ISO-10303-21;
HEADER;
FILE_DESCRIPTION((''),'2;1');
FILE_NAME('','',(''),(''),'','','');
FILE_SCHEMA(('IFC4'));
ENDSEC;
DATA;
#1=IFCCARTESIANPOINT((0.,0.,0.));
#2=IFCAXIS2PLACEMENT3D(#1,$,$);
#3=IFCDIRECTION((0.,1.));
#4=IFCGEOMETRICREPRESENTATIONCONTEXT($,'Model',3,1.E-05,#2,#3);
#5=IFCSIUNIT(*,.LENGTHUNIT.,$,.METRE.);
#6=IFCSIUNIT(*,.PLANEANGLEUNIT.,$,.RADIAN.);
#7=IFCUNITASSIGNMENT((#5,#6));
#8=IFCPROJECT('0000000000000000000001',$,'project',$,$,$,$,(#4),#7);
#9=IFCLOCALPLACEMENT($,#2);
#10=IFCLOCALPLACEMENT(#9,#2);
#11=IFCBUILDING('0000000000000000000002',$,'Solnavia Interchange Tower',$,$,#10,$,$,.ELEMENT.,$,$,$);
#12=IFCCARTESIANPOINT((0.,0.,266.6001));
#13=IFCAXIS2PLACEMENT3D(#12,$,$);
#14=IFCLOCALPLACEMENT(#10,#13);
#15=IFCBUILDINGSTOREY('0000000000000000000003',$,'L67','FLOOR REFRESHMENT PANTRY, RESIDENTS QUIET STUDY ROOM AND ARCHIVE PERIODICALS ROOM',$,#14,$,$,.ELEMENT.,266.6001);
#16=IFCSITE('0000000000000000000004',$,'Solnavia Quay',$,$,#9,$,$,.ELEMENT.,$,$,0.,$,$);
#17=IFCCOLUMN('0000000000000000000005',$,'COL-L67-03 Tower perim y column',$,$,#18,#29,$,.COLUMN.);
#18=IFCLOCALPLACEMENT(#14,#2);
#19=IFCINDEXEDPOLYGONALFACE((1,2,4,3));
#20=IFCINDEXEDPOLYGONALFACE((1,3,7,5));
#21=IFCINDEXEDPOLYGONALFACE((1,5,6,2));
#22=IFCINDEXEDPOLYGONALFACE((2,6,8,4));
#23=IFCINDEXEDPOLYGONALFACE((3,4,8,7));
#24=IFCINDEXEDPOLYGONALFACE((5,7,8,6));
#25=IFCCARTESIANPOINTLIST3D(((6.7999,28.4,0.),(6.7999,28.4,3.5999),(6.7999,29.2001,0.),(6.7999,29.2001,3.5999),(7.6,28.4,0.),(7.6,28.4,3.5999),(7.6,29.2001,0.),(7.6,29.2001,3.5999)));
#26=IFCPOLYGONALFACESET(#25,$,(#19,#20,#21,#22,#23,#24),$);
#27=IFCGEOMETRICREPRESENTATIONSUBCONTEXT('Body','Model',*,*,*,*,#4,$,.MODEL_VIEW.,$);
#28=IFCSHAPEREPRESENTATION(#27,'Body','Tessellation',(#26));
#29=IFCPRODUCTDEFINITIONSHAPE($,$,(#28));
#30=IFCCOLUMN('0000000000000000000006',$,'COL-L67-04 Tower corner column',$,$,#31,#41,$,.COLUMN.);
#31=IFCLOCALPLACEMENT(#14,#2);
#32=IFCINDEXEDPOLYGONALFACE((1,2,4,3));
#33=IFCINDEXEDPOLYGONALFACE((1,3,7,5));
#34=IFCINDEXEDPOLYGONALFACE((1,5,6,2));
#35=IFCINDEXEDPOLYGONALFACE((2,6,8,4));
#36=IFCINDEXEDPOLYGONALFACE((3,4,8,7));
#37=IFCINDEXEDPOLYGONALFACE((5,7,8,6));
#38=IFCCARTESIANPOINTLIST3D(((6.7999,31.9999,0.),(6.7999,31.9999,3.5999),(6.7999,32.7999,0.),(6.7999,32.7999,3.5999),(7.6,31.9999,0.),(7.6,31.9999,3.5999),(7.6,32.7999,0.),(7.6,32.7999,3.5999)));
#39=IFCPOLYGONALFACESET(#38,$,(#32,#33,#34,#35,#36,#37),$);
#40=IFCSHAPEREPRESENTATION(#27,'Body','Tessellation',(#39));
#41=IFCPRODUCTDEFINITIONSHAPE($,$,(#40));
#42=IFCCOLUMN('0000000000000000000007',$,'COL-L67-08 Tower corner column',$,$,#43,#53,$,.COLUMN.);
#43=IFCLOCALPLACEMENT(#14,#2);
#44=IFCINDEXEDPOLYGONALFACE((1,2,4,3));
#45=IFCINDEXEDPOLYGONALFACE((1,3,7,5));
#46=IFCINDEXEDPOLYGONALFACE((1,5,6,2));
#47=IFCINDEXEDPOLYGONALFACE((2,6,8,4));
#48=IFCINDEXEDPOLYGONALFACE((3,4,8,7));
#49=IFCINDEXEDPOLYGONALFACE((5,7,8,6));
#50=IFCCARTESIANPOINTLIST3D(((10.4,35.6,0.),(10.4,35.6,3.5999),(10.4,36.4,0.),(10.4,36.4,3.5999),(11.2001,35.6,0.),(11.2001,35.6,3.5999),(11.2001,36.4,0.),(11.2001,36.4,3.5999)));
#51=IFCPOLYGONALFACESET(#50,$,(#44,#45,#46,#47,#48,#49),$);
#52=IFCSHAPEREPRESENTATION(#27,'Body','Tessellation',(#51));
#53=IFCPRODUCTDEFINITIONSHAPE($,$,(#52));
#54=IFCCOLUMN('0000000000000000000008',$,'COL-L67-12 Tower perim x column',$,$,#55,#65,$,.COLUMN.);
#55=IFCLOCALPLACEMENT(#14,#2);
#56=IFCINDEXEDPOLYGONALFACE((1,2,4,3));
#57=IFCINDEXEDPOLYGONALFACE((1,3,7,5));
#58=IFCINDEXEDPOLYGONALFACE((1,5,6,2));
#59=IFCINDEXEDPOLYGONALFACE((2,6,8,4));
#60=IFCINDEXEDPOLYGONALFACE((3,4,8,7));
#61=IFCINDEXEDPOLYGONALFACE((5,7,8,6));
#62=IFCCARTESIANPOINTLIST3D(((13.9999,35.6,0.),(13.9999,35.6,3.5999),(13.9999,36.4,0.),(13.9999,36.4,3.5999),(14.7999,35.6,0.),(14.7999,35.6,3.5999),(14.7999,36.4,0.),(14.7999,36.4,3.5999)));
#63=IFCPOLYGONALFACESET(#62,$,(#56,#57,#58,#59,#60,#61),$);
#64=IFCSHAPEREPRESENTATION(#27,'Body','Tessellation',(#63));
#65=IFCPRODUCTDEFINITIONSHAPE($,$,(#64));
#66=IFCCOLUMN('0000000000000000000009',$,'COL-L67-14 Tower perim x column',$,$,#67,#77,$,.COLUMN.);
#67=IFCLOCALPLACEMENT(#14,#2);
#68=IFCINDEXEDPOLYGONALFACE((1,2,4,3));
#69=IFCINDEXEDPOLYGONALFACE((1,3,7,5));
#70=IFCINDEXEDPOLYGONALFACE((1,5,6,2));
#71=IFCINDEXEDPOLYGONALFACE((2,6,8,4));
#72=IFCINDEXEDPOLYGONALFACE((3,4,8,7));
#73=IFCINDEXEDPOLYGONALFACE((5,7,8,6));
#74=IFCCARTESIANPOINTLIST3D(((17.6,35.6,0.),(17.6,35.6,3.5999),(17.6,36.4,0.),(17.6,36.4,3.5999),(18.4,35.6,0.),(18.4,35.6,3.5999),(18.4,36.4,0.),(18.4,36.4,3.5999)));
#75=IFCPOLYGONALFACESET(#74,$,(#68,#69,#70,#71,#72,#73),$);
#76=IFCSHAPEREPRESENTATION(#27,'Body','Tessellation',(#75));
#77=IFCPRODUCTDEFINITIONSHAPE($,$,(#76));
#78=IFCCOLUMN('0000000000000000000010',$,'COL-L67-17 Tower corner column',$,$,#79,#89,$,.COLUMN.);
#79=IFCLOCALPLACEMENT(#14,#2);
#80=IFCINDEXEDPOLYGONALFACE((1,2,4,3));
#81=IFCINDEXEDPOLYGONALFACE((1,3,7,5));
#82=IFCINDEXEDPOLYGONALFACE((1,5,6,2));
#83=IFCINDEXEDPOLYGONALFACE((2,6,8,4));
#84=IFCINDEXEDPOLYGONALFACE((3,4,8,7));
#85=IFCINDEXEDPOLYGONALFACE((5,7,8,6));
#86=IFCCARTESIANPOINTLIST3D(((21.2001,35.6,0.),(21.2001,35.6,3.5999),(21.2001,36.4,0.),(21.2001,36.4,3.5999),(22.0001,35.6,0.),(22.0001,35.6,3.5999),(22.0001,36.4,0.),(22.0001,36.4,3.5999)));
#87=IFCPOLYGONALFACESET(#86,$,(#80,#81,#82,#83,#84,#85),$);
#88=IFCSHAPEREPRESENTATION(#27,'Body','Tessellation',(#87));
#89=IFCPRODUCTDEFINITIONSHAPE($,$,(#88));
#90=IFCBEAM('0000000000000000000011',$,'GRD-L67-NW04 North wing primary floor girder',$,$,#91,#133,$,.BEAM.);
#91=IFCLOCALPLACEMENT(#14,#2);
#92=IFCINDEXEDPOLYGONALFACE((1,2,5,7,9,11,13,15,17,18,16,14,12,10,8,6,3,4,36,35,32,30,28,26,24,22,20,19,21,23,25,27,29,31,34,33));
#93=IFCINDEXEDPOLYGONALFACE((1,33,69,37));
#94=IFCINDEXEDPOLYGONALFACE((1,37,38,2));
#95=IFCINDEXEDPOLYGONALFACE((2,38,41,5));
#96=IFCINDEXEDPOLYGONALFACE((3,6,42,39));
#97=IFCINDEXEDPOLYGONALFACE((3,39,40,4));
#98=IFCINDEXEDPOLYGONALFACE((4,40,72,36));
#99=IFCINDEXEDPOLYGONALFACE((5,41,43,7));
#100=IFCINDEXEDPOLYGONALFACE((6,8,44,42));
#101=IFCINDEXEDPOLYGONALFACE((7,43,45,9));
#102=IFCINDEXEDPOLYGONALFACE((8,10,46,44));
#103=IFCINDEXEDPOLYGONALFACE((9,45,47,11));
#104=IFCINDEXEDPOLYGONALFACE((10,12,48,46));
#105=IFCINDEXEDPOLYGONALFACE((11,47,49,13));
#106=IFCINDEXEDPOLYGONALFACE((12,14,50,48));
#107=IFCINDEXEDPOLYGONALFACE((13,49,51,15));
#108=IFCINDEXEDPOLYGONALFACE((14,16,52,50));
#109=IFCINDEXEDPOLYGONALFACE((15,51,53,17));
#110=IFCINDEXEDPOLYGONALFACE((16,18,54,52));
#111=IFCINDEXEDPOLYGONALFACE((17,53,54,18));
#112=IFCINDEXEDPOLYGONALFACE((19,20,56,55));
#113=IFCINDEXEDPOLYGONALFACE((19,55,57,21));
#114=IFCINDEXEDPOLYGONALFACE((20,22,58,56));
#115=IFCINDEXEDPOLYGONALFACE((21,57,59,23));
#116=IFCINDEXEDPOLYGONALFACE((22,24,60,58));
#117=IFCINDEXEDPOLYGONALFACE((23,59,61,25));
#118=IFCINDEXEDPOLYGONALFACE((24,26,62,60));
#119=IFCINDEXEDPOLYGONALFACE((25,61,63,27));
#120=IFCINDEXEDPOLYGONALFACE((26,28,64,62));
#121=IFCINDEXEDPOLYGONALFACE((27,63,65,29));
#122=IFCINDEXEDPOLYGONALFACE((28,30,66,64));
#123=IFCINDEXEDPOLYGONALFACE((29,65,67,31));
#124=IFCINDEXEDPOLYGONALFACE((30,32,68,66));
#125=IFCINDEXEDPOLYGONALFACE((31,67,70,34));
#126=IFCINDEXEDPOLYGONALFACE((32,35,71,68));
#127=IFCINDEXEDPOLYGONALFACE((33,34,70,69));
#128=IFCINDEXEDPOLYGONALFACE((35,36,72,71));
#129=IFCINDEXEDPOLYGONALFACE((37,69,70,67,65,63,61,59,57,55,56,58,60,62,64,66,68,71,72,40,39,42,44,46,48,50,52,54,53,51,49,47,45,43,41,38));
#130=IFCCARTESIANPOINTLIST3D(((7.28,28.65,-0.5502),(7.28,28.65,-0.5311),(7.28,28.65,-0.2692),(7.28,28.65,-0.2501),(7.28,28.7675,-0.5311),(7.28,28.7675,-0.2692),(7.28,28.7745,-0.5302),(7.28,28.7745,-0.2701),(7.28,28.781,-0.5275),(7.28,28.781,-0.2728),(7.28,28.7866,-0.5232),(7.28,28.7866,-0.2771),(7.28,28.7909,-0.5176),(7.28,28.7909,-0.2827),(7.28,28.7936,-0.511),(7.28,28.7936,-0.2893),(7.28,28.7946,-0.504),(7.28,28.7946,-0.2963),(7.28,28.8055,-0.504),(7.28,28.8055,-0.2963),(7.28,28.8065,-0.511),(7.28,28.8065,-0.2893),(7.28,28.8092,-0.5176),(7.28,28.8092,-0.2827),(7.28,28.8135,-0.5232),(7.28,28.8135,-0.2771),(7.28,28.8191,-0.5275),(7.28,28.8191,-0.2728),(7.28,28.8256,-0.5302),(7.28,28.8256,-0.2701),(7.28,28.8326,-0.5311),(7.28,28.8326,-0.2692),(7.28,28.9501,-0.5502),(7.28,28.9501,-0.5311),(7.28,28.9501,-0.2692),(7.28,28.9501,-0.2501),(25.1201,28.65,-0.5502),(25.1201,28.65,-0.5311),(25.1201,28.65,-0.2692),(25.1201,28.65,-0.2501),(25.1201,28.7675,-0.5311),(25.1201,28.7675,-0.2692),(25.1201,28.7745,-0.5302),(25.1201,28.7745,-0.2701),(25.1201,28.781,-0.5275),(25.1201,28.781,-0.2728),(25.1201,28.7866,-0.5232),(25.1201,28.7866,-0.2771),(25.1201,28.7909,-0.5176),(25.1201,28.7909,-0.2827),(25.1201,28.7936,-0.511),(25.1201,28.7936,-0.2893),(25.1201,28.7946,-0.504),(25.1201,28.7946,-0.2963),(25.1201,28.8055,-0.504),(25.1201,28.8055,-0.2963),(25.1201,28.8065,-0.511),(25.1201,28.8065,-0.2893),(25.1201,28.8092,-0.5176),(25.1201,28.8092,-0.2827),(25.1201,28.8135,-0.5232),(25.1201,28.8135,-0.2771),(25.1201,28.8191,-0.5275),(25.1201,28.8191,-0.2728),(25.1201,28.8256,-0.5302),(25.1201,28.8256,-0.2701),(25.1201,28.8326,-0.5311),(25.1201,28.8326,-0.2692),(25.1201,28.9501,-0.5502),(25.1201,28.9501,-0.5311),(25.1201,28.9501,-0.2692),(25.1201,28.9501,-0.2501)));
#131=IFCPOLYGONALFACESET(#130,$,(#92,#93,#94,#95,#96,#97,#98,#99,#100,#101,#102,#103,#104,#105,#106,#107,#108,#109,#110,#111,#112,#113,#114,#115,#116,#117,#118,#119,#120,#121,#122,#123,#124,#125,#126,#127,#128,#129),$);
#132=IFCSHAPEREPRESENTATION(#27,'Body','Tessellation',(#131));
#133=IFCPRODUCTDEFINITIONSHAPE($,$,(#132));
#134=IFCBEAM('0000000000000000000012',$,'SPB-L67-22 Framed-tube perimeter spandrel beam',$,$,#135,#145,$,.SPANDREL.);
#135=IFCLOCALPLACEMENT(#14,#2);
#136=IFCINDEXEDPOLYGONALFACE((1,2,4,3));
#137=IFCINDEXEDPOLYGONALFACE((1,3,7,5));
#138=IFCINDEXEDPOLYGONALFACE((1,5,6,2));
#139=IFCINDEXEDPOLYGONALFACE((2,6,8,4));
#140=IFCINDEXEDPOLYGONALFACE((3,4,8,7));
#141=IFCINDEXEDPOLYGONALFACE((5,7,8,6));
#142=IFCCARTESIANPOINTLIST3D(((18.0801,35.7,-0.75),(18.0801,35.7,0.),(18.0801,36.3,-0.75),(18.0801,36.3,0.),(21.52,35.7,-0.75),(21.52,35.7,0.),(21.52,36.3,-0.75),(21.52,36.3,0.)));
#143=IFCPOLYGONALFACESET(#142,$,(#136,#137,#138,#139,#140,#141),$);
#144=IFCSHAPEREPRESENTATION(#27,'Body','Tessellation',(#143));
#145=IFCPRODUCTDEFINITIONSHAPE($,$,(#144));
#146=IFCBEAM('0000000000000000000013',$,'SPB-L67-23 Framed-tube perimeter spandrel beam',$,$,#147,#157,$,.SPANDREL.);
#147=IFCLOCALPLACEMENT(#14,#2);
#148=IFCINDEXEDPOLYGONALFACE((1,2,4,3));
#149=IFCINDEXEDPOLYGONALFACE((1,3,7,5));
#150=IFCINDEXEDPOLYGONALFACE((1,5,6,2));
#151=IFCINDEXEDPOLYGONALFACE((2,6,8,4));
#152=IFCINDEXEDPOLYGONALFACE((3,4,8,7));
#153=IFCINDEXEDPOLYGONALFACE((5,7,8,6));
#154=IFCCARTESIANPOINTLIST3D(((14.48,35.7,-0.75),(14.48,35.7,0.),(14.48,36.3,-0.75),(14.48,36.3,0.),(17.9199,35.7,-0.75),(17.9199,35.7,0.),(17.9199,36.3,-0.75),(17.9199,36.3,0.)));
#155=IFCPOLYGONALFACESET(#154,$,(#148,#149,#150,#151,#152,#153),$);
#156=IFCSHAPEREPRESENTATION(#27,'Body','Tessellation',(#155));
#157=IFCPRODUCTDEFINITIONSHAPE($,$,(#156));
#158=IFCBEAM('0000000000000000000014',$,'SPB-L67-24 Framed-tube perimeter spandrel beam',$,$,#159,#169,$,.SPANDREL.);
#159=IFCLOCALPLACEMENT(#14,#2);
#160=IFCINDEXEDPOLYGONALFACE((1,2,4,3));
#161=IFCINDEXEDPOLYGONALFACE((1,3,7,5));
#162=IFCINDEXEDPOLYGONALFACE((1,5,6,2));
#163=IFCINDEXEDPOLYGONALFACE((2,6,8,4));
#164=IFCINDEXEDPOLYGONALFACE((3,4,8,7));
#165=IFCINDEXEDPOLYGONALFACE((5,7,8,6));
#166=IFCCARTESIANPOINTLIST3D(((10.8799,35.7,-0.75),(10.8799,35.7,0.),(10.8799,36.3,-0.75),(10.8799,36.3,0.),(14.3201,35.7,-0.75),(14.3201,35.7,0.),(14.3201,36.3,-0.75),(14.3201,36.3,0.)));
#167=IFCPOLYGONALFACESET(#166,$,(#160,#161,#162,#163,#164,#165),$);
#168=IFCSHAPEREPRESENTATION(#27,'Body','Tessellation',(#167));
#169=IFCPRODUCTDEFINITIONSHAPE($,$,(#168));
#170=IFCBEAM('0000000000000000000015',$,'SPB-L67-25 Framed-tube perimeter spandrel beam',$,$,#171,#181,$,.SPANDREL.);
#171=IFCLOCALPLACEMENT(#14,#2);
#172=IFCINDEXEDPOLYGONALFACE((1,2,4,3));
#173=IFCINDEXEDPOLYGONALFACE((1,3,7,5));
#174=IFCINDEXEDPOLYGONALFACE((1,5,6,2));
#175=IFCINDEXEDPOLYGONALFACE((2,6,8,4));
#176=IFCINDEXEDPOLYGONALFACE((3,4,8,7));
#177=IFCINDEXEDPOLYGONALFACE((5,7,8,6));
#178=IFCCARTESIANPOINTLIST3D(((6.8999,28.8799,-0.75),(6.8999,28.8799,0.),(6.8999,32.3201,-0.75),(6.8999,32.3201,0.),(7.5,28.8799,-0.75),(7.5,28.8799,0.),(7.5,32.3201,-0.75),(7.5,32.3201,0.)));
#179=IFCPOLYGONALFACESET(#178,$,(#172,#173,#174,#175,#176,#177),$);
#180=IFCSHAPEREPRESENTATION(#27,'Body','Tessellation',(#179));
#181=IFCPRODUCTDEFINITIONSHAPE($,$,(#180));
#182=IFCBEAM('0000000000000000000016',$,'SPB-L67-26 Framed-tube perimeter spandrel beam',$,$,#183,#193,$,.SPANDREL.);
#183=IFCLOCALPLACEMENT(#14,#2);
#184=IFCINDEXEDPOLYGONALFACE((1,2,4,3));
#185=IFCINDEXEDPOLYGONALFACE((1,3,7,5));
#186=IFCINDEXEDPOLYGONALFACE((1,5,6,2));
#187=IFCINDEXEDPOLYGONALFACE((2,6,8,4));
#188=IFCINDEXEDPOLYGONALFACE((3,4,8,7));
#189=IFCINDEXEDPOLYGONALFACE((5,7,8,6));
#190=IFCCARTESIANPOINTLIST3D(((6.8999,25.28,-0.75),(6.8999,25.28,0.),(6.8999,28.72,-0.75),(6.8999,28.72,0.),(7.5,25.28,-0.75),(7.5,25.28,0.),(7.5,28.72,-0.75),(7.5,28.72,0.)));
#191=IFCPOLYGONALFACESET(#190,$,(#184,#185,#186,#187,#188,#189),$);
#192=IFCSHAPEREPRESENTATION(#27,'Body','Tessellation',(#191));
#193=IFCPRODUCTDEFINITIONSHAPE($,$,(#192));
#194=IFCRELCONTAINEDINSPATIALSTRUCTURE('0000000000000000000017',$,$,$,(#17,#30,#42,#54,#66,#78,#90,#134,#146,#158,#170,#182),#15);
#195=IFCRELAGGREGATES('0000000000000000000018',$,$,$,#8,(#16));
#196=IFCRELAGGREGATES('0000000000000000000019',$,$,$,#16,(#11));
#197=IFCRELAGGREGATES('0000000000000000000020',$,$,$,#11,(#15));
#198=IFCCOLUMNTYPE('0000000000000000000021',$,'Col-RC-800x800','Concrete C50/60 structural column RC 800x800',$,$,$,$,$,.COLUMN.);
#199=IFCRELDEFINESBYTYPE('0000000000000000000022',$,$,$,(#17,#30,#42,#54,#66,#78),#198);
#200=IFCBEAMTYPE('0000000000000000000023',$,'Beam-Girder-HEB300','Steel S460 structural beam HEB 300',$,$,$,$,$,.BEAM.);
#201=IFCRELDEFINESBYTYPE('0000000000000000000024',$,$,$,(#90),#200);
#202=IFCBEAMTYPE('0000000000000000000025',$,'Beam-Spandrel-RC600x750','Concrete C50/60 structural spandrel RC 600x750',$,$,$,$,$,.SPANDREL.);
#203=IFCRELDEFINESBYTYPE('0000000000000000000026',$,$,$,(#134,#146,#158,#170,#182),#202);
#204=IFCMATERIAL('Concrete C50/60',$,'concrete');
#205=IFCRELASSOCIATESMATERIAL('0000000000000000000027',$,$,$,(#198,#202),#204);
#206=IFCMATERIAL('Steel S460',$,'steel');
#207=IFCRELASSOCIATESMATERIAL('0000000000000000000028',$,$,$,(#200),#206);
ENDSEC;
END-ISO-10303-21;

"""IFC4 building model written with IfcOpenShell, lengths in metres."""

from ifc_helpers import new_model, si_unit, direction, frame, origin, origin_2d, place, context, subcontext, project, spatial, rectangle, i_section, extrude, material, material_profile, profile_set, type_object, element, save


model = new_model("IFC4")

# Units and contexts
model_context = context("Model", 3, precision=1e-05, world=origin(), true_north=direction((0.0, 1.0)))
body_context = subcontext(model_context, "Body", "Model", "MODEL_VIEW")
ifc_project = project(units=[si_unit("LENGTHUNIT", "METRE"), si_unit("PLANEANGLEUNIT", "RADIAN")], contexts=[model_context])

# Site, building, storey
site_placement = place(None, origin())
site = spatial("IfcSite", under=ifc_project, at=site_placement, Name="Solnavia Quay", CompositionType="ELEMENT", RefElevation=0.0)
building_placement = place(site_placement, origin())
building = spatial("IfcBuilding", under=site, at=building_placement, Name="Solnavia Interchange Tower", CompositionType="ELEMENT")
storey_placement = place(building_placement, frame((0.0, 0.0, 266.6001)))
storey = spatial("IfcBuildingStorey", under=building, at=storey_placement, Name="L67", Description="FLOOR REFRESHMENT PANTRY, RESIDENTS QUIET STUDY ROOM AND ARCHIVE PERIODICALS ROOM", CompositionType="ELEMENT", Elevation=266.6001)

# Columns
ifc_material_1 = material(Name="Concrete C50/60", Category="concrete")
ifc_material_profile_1 = material_profile(ifc_material_1, rectangle(XDim=0.8, YDim=0.8, at=origin_2d()), Name="RC 800x800")
ifc_profile_set_1 = profile_set([ifc_material_profile_1], Name="Concrete C50/60")
column_type = type_object("IfcColumnType", Name="Col-RC-800x800", Description="Concrete C50/60 structural column RC 800x800", PredefinedType="COLUMN", material=ifc_profile_set_1)
for number, where, z_axis, x_axis, name in (
    (1, (7.2, 28.8, 0.0), (0.0, 0.0, 1.0), (0.0, 1.0, 0.0), "COL-L67-03 Tower perim y column"),
    (2, (7.2, 32.3999, 0.0), (0.0, 0.0, 1.0), (0.0, 1.0, 0.0), "COL-L67-04 Tower corner column"),
    (3, (10.8, 36.0, 0.0), (0.0, 0.0, 1.0), (1.0, 0.0, 0.0), "COL-L67-08 Tower corner column"),
    (4, (14.3999, 36.0, 0.0), (0.0, 0.0, 1.0), (1.0, 0.0, 0.0), "COL-L67-12 Tower perim x column"),
    (5, (18.0, 36.0, 0.0), (0.0, 0.0, 1.0), (1.0, 0.0, 0.0), "COL-L67-14 Tower perim x column"),
    (6, (21.6001, 36.0, 0.0), (0.0, 0.0, 1.0), (1.0, 0.0, 0.0), "COL-L67-17 Tower corner column"),
):
    element("IfcColumn", number, at=place(storey_placement, frame(where, z_axis=z_axis, x_axis=x_axis)), inside=storey, type_object=column_type, Name=name, PredefinedType="COLUMN", context=body_context, shape_type="SweptSolid", body=[
        extrude(rectangle(XDim=0.8, YDim=0.8, at=origin_2d()), origin(), (0.0, 0.0, 1.0), 3.5999),
    ])

# Beams
ifc_material_2 = material(Name="Steel S460", Category="steel")
ifc_material_profile_2 = material_profile(ifc_material_2, i_section(OverallWidth=0.3, OverallDepth=0.3, WebThickness=0.011, FlangeThickness=0.019, FilletRadius=0.0271, at=origin_2d()), Name="HEB 300")
ifc_profile_set_2 = profile_set([ifc_material_profile_2], Name="Steel S460")
beam_type_1 = type_object("IfcBeamType", Name="Beam-Girder-HEB300", Description="Steel S460 structural beam HEB 300", PredefinedType="BEAM", material=ifc_profile_set_2)
beam_1_placement = place(storey_placement, frame((7.28, 28.8, -0.4001), z_axis=(1.0, 0.0, 0.0), x_axis=(0.0, 1.0, 0.0)))
element("IfcBeam", 7, at=beam_1_placement, inside=storey, type_object=beam_type_1, Name="GRD-L67-NW04 North wing primary floor girder", PredefinedType="BEAM", context=body_context, shape_type="SweptSolid", body=[
    extrude(i_section(OverallWidth=0.3, OverallDepth=0.3, WebThickness=0.011, FlangeThickness=0.019, FilletRadius=0.0271, at=origin_2d()), origin(), (0.0, 0.0, 1.0), 17.8401),
])
ifc_material_profile_3 = material_profile(ifc_material_1, rectangle(XDim=0.6001, YDim=0.75, at=origin_2d()), Name="RC 600x750")
ifc_profile_set_3 = profile_set([ifc_material_profile_3], Name="Concrete C50/60")
beam_type_2 = type_object("IfcBeamType", Name="Beam-Spandrel-RC600x750", Description="Concrete C50/60 structural spandrel RC 600x750", PredefinedType="SPANDREL", material=ifc_profile_set_3)
for number, where, z_axis, x_axis, name in (
    (8, (21.52, 36.0, -0.375), (-1.0, 0.0, 0.0), (0.0, -1.0, 0.0), "SPB-L67-22 Framed-tube perimeter spandrel beam"),
    (9, (17.9199, 36.0, -0.375), (-1.0, 0.0, 0.0), (0.0, -1.0, 0.0), "SPB-L67-23 Framed-tube perimeter spandrel beam"),
):
    element("IfcBeam", number, at=place(storey_placement, frame(where, z_axis=z_axis, x_axis=x_axis)), inside=storey, type_object=beam_type_2, Name=name, PredefinedType="SPANDREL", context=body_context, shape_type="SweptSolid", body=[
        extrude(rectangle(XDim=0.6001, YDim=0.75, at=origin_2d()), origin(), (0.0, 0.0, 1.0), 3.4399),
    ])
for number, where, z_axis, x_axis, name in (
    (10, (14.3201, 36.0, -0.375), (-1.0, 0.0, 0.0), (0.0, -1.0, 0.0), "SPB-L67-24 Framed-tube perimeter spandrel beam"),
    (11, (7.2, 32.3201, -0.375), (0.0, -1.0, 0.0), (1.0, 0.0, 0.0), "SPB-L67-25 Framed-tube perimeter spandrel beam"),
):
    element("IfcBeam", number, at=place(storey_placement, frame(where, z_axis=z_axis, x_axis=x_axis)), inside=storey, type_object=beam_type_2, Name=name, PredefinedType="SPANDREL", context=body_context, shape_type="SweptSolid", body=[
        extrude(rectangle(XDim=0.6001, YDim=0.75, at=origin_2d()), origin(), (0.0, 0.0, 1.0), 3.4402),
    ])
beam_2_placement = place(storey_placement, frame((7.2, 28.72, -0.375), z_axis=(0.0, -1.0, 0.0), x_axis=(1.0, 0.0, 0.0)))
element("IfcBeam", 12, at=beam_2_placement, inside=storey, type_object=beam_type_2, Name="SPB-L67-26 Framed-tube perimeter spandrel beam", PredefinedType="SPANDREL", context=body_context, shape_type="SweptSolid", body=[
    extrude(rectangle(XDim=0.6001, YDim=0.75, at=origin_2d()), origin(), (0.0, 0.0, 1.0), 3.4399),
])

save(model, "model.ifc")
